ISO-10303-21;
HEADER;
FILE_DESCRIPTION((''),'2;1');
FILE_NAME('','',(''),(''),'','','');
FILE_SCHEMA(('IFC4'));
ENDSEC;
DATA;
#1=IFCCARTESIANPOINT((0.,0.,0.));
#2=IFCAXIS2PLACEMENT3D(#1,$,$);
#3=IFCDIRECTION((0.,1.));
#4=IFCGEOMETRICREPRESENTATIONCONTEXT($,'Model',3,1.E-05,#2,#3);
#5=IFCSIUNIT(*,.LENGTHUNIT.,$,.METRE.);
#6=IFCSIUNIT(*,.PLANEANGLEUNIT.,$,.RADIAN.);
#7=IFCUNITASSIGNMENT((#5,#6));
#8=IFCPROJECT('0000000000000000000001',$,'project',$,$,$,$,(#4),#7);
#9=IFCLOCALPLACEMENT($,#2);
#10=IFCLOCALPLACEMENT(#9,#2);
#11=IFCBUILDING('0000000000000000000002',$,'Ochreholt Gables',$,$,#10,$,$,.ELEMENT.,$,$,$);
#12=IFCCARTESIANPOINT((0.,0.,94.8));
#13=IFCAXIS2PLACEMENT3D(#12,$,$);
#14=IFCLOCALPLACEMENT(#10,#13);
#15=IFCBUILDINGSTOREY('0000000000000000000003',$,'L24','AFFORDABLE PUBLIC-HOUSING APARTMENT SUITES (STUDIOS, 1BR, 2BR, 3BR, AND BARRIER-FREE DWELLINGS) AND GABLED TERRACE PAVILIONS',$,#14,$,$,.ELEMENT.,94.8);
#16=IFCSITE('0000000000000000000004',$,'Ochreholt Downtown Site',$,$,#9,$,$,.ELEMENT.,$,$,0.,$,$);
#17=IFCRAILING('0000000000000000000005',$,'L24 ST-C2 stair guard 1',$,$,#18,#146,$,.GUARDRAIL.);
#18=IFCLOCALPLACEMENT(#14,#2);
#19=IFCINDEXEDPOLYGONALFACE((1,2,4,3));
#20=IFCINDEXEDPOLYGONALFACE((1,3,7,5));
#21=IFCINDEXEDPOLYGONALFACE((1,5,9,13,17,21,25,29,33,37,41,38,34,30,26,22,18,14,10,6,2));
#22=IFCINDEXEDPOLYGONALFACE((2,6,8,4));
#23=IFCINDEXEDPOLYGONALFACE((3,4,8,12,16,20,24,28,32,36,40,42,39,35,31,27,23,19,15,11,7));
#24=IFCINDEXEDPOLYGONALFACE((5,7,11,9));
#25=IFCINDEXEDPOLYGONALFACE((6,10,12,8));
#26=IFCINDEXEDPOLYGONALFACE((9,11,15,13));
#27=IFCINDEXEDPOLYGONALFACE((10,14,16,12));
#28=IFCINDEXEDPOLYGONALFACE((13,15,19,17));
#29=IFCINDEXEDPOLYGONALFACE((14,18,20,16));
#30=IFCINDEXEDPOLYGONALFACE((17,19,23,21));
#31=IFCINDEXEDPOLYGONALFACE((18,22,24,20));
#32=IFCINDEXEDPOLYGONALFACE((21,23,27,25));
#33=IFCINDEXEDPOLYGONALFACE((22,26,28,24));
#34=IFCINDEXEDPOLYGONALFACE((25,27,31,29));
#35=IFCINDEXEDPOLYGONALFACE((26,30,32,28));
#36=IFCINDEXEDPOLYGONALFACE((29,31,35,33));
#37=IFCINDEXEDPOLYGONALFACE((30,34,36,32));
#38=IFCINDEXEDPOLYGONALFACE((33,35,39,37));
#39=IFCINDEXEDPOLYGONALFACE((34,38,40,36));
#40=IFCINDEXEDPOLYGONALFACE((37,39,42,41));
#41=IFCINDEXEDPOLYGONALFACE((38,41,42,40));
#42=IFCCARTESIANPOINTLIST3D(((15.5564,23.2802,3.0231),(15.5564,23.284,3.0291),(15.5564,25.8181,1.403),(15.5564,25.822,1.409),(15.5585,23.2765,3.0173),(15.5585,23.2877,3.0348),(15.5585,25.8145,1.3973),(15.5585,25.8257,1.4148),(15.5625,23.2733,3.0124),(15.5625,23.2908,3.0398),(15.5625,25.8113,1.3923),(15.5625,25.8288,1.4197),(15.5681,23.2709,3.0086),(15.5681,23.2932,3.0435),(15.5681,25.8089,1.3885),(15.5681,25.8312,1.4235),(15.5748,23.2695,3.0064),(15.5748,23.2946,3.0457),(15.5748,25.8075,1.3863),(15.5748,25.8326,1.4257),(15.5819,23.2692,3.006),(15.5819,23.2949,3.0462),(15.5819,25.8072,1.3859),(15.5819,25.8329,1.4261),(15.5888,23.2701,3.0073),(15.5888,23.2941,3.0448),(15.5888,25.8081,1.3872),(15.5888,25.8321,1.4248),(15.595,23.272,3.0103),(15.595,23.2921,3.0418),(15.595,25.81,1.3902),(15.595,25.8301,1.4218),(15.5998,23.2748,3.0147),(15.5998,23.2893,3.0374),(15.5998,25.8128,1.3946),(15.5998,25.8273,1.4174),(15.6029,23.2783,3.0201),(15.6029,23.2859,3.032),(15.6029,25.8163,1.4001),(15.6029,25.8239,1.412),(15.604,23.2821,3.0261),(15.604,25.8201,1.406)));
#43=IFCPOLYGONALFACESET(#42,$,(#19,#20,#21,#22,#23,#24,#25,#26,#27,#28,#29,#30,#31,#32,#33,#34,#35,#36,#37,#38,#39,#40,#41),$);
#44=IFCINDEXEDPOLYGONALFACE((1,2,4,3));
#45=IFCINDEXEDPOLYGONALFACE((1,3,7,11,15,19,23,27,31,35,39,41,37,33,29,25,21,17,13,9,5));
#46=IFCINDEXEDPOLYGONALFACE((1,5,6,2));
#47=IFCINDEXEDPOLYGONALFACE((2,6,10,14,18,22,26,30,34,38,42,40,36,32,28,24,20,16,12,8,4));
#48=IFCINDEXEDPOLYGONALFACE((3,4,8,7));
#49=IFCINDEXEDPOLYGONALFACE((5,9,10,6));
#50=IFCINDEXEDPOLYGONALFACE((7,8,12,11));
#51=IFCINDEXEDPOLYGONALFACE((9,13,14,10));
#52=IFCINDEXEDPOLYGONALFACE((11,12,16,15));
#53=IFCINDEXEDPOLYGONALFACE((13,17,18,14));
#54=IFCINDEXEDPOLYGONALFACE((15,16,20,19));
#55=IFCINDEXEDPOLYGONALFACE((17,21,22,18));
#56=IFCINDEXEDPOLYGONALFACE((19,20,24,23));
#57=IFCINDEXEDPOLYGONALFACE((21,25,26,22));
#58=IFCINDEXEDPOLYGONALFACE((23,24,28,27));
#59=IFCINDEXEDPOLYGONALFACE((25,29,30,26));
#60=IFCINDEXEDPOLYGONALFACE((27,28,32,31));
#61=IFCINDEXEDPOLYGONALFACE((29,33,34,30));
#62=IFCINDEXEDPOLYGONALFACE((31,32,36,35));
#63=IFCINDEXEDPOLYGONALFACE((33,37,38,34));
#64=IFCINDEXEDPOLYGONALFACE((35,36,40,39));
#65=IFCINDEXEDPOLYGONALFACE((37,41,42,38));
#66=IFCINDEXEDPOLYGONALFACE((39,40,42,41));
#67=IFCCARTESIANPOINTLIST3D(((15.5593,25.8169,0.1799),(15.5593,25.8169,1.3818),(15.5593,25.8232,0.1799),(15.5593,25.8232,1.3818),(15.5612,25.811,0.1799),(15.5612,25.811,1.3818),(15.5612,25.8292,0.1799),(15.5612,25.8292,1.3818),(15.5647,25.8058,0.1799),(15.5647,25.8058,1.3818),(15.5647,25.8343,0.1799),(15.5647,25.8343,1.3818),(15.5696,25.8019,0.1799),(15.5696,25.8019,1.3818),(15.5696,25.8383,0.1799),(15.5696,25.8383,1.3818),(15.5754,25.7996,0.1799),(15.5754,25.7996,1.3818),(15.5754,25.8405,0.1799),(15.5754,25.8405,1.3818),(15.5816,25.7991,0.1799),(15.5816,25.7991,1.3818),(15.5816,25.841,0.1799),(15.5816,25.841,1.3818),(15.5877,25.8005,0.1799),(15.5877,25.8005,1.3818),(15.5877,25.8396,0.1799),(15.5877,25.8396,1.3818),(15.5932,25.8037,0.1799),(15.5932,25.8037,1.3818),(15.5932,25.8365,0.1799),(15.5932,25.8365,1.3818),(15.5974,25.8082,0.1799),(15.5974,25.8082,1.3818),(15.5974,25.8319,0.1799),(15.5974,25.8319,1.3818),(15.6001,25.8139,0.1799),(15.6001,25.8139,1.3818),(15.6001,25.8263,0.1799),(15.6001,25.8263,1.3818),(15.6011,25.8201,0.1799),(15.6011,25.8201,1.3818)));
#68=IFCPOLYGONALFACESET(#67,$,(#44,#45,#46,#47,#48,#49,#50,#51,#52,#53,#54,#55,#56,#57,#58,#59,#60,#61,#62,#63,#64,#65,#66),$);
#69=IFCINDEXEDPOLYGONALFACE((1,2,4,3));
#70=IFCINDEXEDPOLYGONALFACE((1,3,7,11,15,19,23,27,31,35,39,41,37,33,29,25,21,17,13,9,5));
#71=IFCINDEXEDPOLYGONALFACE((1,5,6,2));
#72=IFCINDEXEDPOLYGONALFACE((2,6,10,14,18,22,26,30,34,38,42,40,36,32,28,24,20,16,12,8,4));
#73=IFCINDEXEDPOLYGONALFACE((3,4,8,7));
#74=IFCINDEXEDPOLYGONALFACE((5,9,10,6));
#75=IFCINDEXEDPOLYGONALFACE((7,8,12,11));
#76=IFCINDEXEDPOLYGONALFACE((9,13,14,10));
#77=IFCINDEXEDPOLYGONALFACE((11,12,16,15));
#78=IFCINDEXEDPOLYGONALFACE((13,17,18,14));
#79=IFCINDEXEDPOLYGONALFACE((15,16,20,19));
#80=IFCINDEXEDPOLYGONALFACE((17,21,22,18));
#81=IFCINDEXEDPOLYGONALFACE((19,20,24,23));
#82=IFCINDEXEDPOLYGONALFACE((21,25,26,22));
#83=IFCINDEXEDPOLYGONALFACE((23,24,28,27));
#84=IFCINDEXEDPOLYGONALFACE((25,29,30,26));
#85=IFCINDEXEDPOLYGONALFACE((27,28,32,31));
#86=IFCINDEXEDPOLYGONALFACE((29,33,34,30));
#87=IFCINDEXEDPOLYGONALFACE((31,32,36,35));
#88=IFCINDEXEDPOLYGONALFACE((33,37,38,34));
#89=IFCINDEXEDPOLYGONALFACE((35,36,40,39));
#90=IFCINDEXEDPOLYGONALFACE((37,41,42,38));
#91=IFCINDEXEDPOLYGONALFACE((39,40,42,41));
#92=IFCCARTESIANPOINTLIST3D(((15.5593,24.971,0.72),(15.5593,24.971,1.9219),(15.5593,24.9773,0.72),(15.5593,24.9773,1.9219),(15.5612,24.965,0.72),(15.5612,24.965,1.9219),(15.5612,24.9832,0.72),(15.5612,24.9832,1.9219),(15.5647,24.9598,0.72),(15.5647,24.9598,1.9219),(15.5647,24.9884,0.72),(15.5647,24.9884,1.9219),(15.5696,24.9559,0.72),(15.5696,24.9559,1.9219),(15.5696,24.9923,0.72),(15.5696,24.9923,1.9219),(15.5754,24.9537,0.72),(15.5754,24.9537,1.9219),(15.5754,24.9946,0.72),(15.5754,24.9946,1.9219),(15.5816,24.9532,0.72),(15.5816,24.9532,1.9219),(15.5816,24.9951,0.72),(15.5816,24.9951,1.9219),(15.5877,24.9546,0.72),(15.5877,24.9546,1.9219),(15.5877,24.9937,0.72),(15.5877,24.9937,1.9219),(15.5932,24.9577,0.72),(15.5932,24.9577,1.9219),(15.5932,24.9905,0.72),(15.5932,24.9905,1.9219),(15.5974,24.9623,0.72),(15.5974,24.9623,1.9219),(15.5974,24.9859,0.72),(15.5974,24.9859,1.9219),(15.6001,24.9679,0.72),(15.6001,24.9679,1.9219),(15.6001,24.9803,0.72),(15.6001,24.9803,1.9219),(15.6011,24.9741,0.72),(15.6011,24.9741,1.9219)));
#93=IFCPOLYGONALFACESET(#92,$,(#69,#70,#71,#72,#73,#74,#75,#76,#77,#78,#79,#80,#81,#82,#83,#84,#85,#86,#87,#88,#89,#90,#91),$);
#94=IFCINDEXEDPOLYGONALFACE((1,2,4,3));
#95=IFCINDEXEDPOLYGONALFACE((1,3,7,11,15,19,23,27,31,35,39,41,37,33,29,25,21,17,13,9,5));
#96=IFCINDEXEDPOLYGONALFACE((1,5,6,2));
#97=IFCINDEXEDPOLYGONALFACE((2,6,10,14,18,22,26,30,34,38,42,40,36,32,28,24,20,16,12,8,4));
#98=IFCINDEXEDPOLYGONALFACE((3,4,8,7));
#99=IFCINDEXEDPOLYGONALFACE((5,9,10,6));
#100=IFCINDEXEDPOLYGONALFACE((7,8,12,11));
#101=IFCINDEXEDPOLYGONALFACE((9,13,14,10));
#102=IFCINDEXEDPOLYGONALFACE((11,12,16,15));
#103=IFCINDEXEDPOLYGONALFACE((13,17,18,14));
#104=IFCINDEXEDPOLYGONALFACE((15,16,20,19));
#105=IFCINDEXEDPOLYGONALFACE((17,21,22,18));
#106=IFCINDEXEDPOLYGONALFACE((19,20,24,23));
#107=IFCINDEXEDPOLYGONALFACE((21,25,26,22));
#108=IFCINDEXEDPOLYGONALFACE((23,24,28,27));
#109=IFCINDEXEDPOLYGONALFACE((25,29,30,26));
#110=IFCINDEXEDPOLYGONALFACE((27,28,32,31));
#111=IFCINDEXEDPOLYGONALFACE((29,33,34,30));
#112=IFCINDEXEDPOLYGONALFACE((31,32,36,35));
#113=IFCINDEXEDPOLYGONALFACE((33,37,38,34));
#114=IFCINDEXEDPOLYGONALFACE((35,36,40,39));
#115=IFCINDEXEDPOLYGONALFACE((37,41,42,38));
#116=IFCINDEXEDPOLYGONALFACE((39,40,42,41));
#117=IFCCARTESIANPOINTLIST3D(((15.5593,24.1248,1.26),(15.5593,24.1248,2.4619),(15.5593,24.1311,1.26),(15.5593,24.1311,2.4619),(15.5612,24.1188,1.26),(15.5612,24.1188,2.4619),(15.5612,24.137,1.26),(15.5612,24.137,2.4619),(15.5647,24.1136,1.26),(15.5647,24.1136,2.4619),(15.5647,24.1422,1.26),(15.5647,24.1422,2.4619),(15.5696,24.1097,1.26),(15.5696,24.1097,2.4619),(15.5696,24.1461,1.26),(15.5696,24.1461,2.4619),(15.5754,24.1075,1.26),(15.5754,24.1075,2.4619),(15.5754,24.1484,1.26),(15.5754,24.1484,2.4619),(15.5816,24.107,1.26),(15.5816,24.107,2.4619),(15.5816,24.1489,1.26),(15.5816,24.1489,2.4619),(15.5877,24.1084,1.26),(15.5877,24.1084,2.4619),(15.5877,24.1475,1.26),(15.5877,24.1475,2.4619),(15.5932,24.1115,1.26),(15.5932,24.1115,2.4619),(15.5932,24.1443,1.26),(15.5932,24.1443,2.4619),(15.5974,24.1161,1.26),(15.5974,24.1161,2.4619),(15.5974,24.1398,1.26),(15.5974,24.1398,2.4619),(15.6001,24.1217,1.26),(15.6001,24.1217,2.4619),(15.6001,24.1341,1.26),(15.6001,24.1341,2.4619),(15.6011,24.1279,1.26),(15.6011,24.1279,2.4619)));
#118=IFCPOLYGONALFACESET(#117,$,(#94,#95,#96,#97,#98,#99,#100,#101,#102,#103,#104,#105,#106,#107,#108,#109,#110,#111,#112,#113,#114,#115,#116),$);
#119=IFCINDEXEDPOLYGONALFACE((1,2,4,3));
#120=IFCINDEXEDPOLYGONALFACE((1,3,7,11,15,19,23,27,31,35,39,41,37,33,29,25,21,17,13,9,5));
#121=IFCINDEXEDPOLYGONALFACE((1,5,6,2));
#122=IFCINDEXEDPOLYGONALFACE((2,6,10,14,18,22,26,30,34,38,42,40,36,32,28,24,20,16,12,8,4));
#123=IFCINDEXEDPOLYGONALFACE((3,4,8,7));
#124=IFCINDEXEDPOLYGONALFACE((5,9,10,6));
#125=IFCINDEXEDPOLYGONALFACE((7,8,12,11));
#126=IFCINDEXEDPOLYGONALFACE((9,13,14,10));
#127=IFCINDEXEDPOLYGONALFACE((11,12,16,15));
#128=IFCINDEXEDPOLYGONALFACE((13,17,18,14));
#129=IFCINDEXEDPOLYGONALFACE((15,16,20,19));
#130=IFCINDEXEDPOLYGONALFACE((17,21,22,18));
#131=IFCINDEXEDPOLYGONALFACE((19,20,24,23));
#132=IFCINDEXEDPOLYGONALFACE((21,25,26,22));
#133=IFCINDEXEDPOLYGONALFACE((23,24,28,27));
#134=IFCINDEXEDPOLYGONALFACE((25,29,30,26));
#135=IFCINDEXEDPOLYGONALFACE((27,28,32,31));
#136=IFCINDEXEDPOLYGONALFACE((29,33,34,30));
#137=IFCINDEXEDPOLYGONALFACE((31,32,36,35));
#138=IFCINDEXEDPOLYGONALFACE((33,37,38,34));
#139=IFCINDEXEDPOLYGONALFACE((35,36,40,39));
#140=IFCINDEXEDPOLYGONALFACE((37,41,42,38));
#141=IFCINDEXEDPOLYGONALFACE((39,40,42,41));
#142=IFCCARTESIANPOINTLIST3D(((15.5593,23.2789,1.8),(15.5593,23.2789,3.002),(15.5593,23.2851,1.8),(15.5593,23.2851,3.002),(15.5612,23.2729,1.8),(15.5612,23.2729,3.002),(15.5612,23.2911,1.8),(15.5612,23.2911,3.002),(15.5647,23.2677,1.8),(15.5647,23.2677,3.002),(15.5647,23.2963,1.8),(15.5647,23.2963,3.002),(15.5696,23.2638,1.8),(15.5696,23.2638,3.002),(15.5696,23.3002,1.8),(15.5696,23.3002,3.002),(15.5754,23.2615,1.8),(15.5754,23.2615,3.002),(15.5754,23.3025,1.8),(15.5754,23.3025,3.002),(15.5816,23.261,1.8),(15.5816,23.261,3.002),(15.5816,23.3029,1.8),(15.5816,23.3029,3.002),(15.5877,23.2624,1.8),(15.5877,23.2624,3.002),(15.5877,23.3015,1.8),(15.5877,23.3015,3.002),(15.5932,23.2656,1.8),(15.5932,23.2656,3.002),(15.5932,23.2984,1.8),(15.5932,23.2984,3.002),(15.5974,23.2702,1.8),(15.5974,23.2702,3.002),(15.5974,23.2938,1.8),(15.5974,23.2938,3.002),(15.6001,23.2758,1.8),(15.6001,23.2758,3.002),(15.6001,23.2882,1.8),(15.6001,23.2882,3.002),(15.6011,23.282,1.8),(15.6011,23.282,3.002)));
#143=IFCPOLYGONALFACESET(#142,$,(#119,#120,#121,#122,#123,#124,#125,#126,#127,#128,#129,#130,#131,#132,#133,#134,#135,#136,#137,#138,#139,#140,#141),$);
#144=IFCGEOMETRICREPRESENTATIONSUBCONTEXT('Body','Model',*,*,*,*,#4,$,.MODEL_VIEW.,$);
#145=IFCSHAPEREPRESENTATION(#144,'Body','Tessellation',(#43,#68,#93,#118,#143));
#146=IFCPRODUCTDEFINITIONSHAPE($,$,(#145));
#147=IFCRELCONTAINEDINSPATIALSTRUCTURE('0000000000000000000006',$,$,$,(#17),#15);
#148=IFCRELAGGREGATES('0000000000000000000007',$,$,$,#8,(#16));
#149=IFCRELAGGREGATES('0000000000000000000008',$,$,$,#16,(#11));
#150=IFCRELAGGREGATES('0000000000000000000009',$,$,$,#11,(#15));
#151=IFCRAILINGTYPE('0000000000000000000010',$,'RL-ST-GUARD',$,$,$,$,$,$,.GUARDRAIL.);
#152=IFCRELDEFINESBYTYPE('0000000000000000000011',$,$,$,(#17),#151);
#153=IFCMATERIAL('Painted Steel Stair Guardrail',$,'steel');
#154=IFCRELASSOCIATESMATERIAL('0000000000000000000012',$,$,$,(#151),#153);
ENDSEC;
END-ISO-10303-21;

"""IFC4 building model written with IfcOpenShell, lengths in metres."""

from ifc_helpers import new_model, si_unit, direction, frame, origin, origin_2d, place, context, subcontext, project, spatial, circle, extrude, material, type_object, element, save


model = new_model("IFC4")

# Units and contexts
model_context = context("Model", 3, precision=1e-05, world=origin(), true_north=direction((0.0, 1.0)))
body_context = subcontext(model_context, "Body", "Model", "MODEL_VIEW")
ifc_project = project(units=[si_unit("LENGTHUNIT", "METRE"), si_unit("PLANEANGLEUNIT", "RADIAN")], contexts=[model_context])

# Site, building, storey
site_placement = place(None, origin())
site = spatial("IfcSite", under=ifc_project, at=site_placement, Name="Ochreholt Downtown Site", CompositionType="ELEMENT", RefElevation=0.0)
building_placement = place(site_placement, origin())
building = spatial("IfcBuilding", under=site, at=building_placement, Name="Ochreholt Gables", CompositionType="ELEMENT")
storey_placement = place(building_placement, frame((0.0, 0.0, 94.8)))
storey = spatial("IfcBuildingStorey", under=building, at=storey_placement, Name="L24", Description="AFFORDABLE PUBLIC-HOUSING APARTMENT SUITES (STUDIOS, 1BR, 2BR, 3BR, AND BARRIER-FREE DWELLINGS) AND GABLED TERRACE PAVILIONS", CompositionType="ELEMENT", Elevation=94.8)

# Railing
ifc_material_1 = material(Name="Painted Steel Stair Guardrail", Category="steel")
railing_type_1 = type_object("IfcRailingType", Name="RL-ST-GUARD", PredefinedType="GUARDRAIL", material=ifc_material_1)
railing_1_placement = place(storey_placement, frame((15.5801, 25.8201, 0.1799)))
element("IfcRailing", 1, at=railing_1_placement, inside=storey, type_object=railing_type_1, Name="L24 ST-C2 stair guard 1", PredefinedType="GUARDRAIL", context=body_context, shape_type="SweptSolid", body=[
    extrude(circle(Radius=0.0239, at=origin_2d()), frame((0.0, 0.0, 1.2261), z_axis=(0.0, -0.842913, 0.53805), x_axis=(1.0, 0.0, 0.0)), (0.0, 0.0, 1.0), 3.011),
    extrude(circle(Radius=0.021, at=origin_2d()), origin(), (0.0, 0.0, 1.0), 1.2019),
    extrude(circle(Radius=0.021, at=origin_2d()), frame((0.0, -0.8459, 0.54)), (0.0, 0.0, 1.0), 1.2019),
    extrude(circle(Radius=0.021, at=origin_2d()), frame((0.0, -1.6921, 1.0801)), (0.0, 0.0, 1.0), 1.2019),
    extrude(circle(Radius=0.021, at=origin_2d()), frame((0.0, -2.5381, 1.6201)), (0.0, 0.0, 1.0), 1.2019),
])

save(model, "model.ifc")
